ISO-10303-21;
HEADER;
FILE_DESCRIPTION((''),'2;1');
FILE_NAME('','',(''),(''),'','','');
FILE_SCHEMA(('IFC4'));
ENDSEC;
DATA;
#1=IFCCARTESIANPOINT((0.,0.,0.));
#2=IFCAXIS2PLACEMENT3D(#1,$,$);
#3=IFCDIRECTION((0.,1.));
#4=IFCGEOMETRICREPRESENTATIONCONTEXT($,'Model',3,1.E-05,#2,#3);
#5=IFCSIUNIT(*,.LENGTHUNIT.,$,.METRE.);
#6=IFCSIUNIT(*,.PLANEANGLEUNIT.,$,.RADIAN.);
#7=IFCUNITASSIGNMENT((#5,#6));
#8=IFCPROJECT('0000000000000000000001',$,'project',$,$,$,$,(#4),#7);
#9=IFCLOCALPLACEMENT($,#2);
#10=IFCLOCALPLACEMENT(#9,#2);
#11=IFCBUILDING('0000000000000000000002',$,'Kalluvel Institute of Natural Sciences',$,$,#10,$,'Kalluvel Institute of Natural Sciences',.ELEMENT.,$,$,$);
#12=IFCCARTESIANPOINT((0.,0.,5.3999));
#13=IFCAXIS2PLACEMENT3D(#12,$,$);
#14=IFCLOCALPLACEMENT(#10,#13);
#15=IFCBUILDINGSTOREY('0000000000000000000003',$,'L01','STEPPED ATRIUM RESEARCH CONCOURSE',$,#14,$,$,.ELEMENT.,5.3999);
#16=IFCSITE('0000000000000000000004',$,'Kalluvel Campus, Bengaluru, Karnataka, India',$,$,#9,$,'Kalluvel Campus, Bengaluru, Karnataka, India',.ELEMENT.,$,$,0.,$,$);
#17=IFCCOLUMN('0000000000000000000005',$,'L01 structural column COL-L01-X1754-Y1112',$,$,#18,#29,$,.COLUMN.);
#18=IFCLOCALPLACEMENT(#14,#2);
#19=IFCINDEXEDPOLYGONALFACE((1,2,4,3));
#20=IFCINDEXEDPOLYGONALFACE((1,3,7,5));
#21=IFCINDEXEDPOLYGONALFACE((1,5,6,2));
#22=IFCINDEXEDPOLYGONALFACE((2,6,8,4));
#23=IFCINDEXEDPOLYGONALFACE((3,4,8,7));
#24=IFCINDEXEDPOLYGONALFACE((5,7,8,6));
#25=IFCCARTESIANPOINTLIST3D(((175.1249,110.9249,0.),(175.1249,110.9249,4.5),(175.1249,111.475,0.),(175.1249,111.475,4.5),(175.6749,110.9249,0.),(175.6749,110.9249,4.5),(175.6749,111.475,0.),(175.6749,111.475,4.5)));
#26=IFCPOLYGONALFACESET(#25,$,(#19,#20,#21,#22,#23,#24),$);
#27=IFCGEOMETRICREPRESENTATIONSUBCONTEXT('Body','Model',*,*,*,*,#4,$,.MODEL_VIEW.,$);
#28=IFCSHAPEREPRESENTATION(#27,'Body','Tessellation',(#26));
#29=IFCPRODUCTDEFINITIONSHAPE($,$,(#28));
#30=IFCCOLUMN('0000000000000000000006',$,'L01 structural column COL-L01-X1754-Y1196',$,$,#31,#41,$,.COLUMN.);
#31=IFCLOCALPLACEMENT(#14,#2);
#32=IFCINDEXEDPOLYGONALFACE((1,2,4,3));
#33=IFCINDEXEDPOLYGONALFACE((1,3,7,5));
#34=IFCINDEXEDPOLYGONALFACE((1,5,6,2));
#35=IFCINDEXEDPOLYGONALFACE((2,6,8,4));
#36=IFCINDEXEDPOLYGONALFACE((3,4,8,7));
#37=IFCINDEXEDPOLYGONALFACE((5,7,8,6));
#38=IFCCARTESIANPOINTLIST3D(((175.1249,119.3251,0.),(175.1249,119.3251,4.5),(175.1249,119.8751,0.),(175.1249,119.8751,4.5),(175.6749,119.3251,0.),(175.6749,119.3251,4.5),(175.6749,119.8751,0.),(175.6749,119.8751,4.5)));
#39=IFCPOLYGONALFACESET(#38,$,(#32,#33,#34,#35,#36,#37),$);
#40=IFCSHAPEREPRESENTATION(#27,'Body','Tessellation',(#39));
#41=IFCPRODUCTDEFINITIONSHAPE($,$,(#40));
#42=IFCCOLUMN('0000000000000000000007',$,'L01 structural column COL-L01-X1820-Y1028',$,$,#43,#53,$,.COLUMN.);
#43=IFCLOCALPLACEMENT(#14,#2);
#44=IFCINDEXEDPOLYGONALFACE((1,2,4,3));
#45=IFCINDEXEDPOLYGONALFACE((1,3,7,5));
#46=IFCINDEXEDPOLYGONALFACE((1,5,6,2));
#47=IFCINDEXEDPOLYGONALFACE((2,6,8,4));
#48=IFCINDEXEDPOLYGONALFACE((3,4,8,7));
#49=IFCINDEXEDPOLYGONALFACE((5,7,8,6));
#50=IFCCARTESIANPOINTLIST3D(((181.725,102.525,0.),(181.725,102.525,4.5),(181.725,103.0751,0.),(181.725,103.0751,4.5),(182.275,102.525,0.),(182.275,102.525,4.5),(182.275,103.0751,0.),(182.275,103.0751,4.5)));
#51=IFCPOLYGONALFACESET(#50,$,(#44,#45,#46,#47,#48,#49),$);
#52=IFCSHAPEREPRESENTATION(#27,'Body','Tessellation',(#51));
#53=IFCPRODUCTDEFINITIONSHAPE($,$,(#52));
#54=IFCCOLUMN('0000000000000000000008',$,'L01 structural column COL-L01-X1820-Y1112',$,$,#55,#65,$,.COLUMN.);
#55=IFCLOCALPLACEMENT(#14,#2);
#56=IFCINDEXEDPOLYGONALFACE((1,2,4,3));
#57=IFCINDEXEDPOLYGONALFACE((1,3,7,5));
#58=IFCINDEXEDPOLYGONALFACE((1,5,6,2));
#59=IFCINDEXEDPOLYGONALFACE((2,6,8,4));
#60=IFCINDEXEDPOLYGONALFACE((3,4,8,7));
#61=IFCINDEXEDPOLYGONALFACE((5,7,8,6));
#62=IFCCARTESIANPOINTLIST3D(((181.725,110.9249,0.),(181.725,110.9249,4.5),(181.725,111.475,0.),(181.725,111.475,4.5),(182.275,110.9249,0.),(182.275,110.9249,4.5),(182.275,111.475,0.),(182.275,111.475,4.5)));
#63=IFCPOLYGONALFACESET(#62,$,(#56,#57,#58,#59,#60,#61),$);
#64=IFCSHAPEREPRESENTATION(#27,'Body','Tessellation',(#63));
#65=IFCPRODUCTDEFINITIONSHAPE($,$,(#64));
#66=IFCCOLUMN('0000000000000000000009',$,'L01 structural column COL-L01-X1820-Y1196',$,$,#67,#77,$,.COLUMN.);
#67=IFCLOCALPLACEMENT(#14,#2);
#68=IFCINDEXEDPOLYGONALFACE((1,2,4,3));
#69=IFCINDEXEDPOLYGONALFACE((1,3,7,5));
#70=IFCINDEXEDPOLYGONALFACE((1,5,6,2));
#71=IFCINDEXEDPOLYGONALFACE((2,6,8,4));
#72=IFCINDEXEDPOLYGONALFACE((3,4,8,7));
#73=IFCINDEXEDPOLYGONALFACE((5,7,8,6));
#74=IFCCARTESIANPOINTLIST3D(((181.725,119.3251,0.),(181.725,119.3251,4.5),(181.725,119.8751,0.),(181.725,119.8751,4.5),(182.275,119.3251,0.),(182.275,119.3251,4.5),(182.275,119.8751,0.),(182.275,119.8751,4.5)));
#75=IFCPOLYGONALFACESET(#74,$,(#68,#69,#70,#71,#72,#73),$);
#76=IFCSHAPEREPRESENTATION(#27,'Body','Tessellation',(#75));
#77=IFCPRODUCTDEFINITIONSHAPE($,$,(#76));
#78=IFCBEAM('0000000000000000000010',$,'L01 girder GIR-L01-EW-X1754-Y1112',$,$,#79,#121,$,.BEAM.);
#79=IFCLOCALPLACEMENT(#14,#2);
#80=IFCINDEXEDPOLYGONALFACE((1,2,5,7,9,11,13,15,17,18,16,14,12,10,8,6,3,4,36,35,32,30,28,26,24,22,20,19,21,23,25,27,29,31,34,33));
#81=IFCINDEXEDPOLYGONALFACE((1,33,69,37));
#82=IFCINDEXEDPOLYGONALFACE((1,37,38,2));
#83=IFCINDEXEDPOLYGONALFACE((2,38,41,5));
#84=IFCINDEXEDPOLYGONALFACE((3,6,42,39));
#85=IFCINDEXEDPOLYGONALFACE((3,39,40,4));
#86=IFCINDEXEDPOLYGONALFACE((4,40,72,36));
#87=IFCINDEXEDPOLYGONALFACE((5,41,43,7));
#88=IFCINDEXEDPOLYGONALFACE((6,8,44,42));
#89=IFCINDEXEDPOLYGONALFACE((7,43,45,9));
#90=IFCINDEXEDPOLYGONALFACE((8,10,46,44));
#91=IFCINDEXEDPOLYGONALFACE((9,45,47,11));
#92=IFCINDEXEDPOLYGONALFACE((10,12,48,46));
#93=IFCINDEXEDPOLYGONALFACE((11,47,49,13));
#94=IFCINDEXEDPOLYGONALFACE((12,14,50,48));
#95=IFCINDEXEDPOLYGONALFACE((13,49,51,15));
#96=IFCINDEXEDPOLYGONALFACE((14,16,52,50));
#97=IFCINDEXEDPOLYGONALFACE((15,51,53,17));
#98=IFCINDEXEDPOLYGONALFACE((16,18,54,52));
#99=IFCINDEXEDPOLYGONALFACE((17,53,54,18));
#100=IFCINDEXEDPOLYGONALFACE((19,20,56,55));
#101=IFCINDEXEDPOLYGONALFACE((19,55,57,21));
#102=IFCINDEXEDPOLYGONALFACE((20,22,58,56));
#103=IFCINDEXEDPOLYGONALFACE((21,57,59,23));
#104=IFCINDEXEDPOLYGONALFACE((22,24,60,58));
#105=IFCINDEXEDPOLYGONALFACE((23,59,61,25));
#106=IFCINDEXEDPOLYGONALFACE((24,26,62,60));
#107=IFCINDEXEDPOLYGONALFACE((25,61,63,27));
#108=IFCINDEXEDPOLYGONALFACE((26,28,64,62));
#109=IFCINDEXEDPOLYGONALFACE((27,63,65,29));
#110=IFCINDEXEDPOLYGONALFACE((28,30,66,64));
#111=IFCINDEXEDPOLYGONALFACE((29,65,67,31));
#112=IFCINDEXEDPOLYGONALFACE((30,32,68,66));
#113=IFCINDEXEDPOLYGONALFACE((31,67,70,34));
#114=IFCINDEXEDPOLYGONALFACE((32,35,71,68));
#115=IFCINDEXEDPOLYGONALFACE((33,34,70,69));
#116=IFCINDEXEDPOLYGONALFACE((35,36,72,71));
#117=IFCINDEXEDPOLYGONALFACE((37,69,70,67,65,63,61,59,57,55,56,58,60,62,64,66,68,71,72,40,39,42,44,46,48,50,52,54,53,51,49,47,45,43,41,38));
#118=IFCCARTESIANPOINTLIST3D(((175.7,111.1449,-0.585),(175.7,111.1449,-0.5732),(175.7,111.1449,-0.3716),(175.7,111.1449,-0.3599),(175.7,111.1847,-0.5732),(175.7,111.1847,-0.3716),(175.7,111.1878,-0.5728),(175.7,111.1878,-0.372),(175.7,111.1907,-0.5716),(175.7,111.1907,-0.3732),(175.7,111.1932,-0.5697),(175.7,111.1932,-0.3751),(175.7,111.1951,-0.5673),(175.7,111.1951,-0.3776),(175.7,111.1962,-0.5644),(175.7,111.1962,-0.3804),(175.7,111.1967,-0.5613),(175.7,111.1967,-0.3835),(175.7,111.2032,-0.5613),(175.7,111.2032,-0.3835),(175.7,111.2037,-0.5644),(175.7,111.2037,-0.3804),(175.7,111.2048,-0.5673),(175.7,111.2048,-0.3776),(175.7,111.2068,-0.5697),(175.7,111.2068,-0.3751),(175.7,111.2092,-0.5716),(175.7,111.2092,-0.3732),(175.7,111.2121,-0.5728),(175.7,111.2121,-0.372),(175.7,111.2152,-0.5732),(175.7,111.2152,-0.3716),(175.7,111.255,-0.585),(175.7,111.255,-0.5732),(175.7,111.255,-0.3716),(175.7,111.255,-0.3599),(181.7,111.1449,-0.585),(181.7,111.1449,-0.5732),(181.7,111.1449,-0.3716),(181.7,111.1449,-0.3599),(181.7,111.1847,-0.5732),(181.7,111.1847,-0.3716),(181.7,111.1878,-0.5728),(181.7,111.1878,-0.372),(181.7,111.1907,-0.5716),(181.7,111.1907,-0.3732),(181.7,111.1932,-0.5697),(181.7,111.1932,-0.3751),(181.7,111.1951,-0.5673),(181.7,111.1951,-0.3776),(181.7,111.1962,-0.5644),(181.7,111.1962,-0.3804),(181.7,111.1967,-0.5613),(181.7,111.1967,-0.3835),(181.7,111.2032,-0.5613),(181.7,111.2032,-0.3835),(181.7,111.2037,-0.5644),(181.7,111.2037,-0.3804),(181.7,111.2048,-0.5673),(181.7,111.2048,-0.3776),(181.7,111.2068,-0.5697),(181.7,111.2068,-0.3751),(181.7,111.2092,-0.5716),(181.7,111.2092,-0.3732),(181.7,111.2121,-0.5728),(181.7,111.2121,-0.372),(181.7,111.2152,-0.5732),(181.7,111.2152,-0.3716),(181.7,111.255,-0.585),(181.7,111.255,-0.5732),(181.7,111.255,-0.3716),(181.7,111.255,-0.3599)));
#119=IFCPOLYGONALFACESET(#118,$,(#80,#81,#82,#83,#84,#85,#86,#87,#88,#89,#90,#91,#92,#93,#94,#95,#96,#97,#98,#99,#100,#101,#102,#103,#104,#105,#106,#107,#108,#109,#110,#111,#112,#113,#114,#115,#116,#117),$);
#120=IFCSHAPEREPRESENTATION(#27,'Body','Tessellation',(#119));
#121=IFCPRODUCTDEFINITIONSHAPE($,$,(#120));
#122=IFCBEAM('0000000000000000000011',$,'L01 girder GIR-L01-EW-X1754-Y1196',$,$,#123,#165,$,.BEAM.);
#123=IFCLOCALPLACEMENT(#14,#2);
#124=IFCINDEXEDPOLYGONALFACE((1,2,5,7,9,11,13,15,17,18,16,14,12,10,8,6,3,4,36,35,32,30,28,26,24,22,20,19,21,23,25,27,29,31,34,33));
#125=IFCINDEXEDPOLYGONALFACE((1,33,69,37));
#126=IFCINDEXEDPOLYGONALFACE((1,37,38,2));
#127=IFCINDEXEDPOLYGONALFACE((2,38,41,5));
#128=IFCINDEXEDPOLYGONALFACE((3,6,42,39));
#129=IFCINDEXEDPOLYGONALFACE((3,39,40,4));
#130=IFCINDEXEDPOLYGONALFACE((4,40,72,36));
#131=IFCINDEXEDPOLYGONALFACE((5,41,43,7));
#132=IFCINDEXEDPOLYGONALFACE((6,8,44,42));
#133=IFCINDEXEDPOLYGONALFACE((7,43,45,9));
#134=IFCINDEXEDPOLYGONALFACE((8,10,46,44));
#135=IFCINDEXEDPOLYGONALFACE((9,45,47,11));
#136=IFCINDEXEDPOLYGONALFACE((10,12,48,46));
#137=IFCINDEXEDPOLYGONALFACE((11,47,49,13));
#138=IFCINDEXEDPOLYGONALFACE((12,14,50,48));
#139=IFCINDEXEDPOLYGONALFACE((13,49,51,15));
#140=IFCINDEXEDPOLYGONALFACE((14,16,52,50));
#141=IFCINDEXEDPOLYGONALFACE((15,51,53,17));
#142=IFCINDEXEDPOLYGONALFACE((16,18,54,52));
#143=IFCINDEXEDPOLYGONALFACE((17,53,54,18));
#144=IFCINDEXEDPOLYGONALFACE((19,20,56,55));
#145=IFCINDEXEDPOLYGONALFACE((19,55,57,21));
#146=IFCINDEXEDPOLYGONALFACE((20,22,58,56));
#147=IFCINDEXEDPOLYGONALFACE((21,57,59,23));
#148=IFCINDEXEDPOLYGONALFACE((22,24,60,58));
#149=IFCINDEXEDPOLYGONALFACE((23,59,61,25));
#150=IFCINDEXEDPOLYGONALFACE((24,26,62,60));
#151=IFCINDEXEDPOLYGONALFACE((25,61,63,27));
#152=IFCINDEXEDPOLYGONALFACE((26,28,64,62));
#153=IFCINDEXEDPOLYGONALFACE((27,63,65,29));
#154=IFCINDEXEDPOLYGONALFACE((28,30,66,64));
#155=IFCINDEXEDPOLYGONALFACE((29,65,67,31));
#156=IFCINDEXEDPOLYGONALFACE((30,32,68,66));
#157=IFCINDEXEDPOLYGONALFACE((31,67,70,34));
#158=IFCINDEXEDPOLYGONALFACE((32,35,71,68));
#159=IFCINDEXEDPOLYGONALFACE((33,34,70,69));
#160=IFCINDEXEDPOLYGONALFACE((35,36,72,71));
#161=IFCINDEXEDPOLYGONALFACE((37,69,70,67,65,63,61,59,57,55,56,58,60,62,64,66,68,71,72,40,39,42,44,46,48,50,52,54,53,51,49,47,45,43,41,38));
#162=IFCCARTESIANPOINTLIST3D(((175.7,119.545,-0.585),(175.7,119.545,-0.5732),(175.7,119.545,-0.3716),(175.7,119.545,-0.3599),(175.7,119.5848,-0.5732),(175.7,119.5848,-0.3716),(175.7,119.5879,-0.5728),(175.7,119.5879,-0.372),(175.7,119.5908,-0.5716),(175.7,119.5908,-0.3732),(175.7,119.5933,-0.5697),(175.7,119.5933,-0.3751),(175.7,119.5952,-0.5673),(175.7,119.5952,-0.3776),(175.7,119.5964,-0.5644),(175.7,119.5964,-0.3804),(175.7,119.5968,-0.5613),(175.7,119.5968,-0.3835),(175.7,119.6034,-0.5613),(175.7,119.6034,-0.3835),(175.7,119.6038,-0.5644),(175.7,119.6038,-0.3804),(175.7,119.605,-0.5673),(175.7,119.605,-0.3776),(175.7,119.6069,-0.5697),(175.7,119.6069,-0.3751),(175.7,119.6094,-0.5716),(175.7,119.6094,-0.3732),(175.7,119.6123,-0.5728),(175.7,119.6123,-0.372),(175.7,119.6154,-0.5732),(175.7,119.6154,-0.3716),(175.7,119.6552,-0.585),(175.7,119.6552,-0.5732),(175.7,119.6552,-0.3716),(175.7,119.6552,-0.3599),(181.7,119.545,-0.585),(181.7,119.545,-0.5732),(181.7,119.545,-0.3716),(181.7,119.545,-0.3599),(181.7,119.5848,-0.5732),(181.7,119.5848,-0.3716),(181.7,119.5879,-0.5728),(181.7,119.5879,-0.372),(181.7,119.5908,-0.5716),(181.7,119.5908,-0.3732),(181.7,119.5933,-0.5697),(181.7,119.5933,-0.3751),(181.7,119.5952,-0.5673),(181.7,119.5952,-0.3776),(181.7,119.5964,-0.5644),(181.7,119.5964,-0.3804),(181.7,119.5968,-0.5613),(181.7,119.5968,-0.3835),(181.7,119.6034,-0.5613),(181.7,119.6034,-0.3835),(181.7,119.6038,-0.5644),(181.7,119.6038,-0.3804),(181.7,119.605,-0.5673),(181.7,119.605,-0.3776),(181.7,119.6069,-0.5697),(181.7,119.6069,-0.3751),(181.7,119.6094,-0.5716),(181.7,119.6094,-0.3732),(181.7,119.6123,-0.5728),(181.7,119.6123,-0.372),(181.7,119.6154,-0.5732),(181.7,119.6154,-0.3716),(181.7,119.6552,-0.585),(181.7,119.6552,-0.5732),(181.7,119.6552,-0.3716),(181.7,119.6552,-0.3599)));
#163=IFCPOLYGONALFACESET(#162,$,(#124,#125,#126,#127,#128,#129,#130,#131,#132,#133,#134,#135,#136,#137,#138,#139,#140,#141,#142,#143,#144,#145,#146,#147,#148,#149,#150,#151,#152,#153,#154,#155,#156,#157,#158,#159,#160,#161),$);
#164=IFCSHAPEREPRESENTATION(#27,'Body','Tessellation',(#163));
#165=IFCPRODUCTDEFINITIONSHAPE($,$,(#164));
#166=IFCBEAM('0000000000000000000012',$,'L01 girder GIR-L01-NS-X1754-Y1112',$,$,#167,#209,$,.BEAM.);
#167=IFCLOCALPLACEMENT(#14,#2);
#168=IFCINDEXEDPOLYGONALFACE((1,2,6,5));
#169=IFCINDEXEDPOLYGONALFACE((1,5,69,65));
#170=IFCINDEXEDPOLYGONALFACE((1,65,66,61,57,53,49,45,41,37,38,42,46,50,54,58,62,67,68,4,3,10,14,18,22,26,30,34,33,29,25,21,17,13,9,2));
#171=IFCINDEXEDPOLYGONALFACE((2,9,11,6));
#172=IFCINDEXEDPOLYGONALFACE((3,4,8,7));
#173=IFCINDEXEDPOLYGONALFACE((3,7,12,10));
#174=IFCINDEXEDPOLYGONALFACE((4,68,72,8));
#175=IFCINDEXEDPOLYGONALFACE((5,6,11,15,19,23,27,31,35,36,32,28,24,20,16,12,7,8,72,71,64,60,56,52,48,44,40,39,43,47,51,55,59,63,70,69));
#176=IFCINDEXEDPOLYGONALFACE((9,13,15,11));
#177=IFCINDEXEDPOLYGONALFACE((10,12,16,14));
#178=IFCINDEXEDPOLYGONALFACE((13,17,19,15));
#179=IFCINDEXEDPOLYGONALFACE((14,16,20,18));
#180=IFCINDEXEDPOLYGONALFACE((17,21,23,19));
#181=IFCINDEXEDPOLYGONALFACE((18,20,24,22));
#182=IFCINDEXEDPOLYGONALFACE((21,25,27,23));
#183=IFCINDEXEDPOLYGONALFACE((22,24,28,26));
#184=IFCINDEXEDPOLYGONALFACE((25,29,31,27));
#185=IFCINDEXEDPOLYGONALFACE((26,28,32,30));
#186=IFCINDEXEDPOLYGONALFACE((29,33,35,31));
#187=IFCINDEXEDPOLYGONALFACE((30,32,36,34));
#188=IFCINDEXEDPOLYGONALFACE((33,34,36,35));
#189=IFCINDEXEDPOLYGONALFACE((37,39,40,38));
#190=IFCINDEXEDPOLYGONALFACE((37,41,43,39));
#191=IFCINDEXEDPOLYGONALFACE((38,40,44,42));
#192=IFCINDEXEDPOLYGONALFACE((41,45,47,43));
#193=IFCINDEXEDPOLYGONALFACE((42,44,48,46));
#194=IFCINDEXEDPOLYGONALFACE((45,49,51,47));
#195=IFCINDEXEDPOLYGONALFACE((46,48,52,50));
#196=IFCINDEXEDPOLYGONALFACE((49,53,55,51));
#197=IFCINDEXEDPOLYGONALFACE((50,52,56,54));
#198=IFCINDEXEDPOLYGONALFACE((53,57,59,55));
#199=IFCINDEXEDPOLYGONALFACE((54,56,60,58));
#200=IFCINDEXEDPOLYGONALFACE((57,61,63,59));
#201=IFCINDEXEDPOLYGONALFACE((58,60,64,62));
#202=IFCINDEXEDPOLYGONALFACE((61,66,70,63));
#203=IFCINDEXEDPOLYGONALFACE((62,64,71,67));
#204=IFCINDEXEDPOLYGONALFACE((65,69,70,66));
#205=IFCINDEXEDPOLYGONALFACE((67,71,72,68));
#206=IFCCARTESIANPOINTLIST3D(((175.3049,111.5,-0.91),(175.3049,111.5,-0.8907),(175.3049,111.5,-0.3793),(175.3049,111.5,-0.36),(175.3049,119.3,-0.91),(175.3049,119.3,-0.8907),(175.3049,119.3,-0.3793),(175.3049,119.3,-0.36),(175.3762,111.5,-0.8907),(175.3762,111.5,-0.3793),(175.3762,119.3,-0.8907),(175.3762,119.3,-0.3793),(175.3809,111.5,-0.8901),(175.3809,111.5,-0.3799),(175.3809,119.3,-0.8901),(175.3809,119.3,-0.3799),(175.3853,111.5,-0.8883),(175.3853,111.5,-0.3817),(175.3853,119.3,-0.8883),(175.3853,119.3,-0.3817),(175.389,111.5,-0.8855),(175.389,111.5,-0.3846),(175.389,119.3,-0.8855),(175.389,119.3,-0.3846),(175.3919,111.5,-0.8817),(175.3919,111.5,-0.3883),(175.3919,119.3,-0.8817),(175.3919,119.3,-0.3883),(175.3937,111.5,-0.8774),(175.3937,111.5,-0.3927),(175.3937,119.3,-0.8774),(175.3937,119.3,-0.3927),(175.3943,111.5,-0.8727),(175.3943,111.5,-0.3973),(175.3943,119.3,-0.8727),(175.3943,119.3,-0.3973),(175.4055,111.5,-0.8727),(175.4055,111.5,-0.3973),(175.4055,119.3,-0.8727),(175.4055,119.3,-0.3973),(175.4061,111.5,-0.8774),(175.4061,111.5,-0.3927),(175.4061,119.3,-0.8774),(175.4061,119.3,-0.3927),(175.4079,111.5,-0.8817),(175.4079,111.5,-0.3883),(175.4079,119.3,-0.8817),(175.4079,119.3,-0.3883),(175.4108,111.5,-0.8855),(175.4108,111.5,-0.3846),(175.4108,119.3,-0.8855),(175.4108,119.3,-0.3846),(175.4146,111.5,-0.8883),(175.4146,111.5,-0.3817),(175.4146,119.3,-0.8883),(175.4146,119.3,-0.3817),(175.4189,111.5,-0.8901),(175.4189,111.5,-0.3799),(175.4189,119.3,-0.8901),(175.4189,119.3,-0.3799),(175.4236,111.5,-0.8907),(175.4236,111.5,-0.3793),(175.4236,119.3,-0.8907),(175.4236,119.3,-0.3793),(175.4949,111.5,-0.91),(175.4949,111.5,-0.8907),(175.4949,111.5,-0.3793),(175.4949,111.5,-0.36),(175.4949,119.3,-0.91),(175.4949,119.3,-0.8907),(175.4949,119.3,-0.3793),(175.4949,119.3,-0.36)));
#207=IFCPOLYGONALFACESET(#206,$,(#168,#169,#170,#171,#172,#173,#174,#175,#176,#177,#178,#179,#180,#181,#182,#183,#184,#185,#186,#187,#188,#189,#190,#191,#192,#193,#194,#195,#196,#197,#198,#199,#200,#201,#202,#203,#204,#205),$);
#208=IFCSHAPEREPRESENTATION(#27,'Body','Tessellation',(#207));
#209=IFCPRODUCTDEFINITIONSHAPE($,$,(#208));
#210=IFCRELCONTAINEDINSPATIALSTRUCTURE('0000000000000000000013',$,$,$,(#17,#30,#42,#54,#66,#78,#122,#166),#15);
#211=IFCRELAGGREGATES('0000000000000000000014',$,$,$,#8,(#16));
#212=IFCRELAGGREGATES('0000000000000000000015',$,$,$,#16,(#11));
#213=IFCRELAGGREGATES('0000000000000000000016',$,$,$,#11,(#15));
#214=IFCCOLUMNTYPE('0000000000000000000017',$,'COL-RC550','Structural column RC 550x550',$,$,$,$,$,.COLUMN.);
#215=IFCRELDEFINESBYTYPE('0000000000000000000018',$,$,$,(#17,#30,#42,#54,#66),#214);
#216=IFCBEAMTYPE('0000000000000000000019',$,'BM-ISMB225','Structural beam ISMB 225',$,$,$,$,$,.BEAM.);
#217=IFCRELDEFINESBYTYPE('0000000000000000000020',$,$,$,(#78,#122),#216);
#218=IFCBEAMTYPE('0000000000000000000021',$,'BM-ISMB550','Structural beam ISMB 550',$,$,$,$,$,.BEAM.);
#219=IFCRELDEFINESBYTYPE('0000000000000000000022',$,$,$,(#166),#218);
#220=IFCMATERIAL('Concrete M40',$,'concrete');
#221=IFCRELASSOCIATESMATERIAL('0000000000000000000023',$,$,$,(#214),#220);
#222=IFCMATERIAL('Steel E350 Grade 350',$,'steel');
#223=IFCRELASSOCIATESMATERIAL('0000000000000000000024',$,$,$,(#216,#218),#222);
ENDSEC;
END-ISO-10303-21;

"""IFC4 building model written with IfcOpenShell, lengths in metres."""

from ifc_helpers import new_model, si_unit, direction, frame, origin, origin_2d, place, context, subcontext, project, spatial, rectangle, i_section, extrude, material, material_profile, profile_set, type_object, element, save


model = new_model("IFC4")

# Units and contexts
model_context = context("Model", 3, precision=1e-05, world=origin(), true_north=direction((0.0, 1.0)))
body_context = subcontext(model_context, "Body", "Model", "MODEL_VIEW")
ifc_project = project(units=[si_unit("LENGTHUNIT", "METRE"), si_unit("PLANEANGLEUNIT", "RADIAN")], contexts=[model_context])

# Site, building, storey
site_placement = place(None, origin())
site = spatial("IfcSite", under=ifc_project, at=site_placement, Name="Kalluvel Campus, Bengaluru, Karnataka, India", LongName="Kalluvel Campus, Bengaluru, Karnataka, India", CompositionType="ELEMENT", RefElevation=0.0)
building_placement = place(site_placement, origin())
building = spatial("IfcBuilding", under=site, at=building_placement, Name="Kalluvel Institute of Natural Sciences", LongName="Kalluvel Institute of Natural Sciences", CompositionType="ELEMENT")
storey_placement = place(building_placement, frame((0.0, 0.0, 5.3999)))
storey = spatial("IfcBuildingStorey", under=building, at=storey_placement, Name="L01", Description="STEPPED ATRIUM RESEARCH CONCOURSE", CompositionType="ELEMENT", Elevation=5.3999)

# Columns
ifc_material_1 = material(Name="Concrete M40", Category="concrete")
ifc_material_profile_1 = material_profile(ifc_material_1, rectangle(XDim=0.55, YDim=0.55, at=origin_2d()), Name="RC 550x550")
ifc_profile_set_1 = profile_set([ifc_material_profile_1], Name="Concrete M40")
column_type = type_object("IfcColumnType", Name="COL-RC550", Description="Structural column RC 550x550", PredefinedType="COLUMN", material=ifc_profile_set_1)
for number, where, z_axis, x_axis, name in (
    (1, (175.3999, 111.2, 0.0), (0.0, 0.0, 1.0), (1.0, 0.0, 0.0), "L01 structural column COL-L01-X1754-Y1112"),
    (2, (175.3999, 119.6001, 0.0), (0.0, 0.0, 1.0), (1.0, 0.0, 0.0), "L01 structural column COL-L01-X1754-Y1196"),
    (3, (182.0, 102.8, 0.0), (0.0, 0.0, 1.0), (1.0, 0.0, 0.0), "L01 structural column COL-L01-X1820-Y1028"),
    (4, (182.0, 111.2, 0.0), (0.0, 0.0, 1.0), (1.0, 0.0, 0.0), "L01 structural column COL-L01-X1820-Y1112"),
    (5, (182.0, 119.6001, 0.0), (0.0, 0.0, 1.0), (1.0, 0.0, 0.0), "L01 structural column COL-L01-X1820-Y1196"),
):
    element("IfcColumn", number, at=place(storey_placement, frame(where, z_axis=z_axis, x_axis=x_axis)), inside=storey, type_object=column_type, Name=name, PredefinedType="COLUMN", context=body_context, shape_type="SweptSolid", body=[
        extrude(rectangle(XDim=0.55, YDim=0.55, at=origin_2d()), origin(), (0.0, 0.0, 1.0), 4.5),
    ])

# Beams
ifc_material_2 = material(Name="Steel E350 Grade 350", Category="steel")
ifc_material_profile_2 = material_profile(ifc_material_2, i_section(OverallWidth=0.1101, OverallDepth=0.2251, WebThickness=0.0066, FlangeThickness=0.0117, FilletRadius=0.012, at=origin_2d()), Name="ISMB 225")
ifc_profile_set_2 = profile_set([ifc_material_profile_2], Name="Steel E350 Grade 350")
beam_type_1 = type_object("IfcBeamType", Name="BM-ISMB225", Description="Structural beam ISMB 225", PredefinedType="BEAM", material=ifc_profile_set_2)
for number, where, z_axis, x_axis, name in (
    (6, (175.7, 111.2, -0.4724), (1.0, 0.0, 0.0), (0.0, 1.0, 0.0), "L01 girder GIR-L01-EW-X1754-Y1112"),
    (7, (175.7, 119.6001, -0.4724), (1.0, 0.0, 0.0), (0.0, 1.0, 0.0), "L01 girder GIR-L01-EW-X1754-Y1196"),
):
    element("IfcBeam", number, at=place(storey_placement, frame(where, z_axis=z_axis, x_axis=x_axis)), inside=storey, type_object=beam_type_1, Name=name, PredefinedType="BEAM", context=body_context, shape_type="SweptSolid", body=[
        extrude(i_section(OverallWidth=0.1101, OverallDepth=0.2251, WebThickness=0.0066, FlangeThickness=0.0117, FilletRadius=0.012, at=origin_2d()), origin(), (0.0, 0.0, 1.0), 6.0),
    ])
ifc_material_profile_3 = material_profile(ifc_material_2, i_section(OverallWidth=0.1899, OverallDepth=0.55, WebThickness=0.0112, FlangeThickness=0.0193, FilletRadius=0.0181, at=origin_2d()), Name="ISMB 550")
ifc_profile_set_3 = profile_set([ifc_material_profile_3], Name="Steel E350 Grade 350")
beam_type_2 = type_object("IfcBeamType", Name="BM-ISMB550", Description="Structural beam ISMB 550", PredefinedType="BEAM", material=ifc_profile_set_3)
beam_1_placement = place(storey_placement, frame((175.3999, 111.5, -0.635), z_axis=(0.0, 1.0, 0.0), x_axis=(-1.0, 0.0, 0.0)))
element("IfcBeam", 8, at=beam_1_placement, inside=storey, type_object=beam_type_2, Name="L01 girder GIR-L01-NS-X1754-Y1112", PredefinedType="BEAM", context=body_context, shape_type="SweptSolid", body=[
    extrude(i_section(OverallWidth=0.1899, OverallDepth=0.55, WebThickness=0.0112, FlangeThickness=0.0193, FilletRadius=0.0181, at=origin_2d()), origin(), (0.0, 0.0, 1.0), 7.8),
])

save(model, "model.ifc")
